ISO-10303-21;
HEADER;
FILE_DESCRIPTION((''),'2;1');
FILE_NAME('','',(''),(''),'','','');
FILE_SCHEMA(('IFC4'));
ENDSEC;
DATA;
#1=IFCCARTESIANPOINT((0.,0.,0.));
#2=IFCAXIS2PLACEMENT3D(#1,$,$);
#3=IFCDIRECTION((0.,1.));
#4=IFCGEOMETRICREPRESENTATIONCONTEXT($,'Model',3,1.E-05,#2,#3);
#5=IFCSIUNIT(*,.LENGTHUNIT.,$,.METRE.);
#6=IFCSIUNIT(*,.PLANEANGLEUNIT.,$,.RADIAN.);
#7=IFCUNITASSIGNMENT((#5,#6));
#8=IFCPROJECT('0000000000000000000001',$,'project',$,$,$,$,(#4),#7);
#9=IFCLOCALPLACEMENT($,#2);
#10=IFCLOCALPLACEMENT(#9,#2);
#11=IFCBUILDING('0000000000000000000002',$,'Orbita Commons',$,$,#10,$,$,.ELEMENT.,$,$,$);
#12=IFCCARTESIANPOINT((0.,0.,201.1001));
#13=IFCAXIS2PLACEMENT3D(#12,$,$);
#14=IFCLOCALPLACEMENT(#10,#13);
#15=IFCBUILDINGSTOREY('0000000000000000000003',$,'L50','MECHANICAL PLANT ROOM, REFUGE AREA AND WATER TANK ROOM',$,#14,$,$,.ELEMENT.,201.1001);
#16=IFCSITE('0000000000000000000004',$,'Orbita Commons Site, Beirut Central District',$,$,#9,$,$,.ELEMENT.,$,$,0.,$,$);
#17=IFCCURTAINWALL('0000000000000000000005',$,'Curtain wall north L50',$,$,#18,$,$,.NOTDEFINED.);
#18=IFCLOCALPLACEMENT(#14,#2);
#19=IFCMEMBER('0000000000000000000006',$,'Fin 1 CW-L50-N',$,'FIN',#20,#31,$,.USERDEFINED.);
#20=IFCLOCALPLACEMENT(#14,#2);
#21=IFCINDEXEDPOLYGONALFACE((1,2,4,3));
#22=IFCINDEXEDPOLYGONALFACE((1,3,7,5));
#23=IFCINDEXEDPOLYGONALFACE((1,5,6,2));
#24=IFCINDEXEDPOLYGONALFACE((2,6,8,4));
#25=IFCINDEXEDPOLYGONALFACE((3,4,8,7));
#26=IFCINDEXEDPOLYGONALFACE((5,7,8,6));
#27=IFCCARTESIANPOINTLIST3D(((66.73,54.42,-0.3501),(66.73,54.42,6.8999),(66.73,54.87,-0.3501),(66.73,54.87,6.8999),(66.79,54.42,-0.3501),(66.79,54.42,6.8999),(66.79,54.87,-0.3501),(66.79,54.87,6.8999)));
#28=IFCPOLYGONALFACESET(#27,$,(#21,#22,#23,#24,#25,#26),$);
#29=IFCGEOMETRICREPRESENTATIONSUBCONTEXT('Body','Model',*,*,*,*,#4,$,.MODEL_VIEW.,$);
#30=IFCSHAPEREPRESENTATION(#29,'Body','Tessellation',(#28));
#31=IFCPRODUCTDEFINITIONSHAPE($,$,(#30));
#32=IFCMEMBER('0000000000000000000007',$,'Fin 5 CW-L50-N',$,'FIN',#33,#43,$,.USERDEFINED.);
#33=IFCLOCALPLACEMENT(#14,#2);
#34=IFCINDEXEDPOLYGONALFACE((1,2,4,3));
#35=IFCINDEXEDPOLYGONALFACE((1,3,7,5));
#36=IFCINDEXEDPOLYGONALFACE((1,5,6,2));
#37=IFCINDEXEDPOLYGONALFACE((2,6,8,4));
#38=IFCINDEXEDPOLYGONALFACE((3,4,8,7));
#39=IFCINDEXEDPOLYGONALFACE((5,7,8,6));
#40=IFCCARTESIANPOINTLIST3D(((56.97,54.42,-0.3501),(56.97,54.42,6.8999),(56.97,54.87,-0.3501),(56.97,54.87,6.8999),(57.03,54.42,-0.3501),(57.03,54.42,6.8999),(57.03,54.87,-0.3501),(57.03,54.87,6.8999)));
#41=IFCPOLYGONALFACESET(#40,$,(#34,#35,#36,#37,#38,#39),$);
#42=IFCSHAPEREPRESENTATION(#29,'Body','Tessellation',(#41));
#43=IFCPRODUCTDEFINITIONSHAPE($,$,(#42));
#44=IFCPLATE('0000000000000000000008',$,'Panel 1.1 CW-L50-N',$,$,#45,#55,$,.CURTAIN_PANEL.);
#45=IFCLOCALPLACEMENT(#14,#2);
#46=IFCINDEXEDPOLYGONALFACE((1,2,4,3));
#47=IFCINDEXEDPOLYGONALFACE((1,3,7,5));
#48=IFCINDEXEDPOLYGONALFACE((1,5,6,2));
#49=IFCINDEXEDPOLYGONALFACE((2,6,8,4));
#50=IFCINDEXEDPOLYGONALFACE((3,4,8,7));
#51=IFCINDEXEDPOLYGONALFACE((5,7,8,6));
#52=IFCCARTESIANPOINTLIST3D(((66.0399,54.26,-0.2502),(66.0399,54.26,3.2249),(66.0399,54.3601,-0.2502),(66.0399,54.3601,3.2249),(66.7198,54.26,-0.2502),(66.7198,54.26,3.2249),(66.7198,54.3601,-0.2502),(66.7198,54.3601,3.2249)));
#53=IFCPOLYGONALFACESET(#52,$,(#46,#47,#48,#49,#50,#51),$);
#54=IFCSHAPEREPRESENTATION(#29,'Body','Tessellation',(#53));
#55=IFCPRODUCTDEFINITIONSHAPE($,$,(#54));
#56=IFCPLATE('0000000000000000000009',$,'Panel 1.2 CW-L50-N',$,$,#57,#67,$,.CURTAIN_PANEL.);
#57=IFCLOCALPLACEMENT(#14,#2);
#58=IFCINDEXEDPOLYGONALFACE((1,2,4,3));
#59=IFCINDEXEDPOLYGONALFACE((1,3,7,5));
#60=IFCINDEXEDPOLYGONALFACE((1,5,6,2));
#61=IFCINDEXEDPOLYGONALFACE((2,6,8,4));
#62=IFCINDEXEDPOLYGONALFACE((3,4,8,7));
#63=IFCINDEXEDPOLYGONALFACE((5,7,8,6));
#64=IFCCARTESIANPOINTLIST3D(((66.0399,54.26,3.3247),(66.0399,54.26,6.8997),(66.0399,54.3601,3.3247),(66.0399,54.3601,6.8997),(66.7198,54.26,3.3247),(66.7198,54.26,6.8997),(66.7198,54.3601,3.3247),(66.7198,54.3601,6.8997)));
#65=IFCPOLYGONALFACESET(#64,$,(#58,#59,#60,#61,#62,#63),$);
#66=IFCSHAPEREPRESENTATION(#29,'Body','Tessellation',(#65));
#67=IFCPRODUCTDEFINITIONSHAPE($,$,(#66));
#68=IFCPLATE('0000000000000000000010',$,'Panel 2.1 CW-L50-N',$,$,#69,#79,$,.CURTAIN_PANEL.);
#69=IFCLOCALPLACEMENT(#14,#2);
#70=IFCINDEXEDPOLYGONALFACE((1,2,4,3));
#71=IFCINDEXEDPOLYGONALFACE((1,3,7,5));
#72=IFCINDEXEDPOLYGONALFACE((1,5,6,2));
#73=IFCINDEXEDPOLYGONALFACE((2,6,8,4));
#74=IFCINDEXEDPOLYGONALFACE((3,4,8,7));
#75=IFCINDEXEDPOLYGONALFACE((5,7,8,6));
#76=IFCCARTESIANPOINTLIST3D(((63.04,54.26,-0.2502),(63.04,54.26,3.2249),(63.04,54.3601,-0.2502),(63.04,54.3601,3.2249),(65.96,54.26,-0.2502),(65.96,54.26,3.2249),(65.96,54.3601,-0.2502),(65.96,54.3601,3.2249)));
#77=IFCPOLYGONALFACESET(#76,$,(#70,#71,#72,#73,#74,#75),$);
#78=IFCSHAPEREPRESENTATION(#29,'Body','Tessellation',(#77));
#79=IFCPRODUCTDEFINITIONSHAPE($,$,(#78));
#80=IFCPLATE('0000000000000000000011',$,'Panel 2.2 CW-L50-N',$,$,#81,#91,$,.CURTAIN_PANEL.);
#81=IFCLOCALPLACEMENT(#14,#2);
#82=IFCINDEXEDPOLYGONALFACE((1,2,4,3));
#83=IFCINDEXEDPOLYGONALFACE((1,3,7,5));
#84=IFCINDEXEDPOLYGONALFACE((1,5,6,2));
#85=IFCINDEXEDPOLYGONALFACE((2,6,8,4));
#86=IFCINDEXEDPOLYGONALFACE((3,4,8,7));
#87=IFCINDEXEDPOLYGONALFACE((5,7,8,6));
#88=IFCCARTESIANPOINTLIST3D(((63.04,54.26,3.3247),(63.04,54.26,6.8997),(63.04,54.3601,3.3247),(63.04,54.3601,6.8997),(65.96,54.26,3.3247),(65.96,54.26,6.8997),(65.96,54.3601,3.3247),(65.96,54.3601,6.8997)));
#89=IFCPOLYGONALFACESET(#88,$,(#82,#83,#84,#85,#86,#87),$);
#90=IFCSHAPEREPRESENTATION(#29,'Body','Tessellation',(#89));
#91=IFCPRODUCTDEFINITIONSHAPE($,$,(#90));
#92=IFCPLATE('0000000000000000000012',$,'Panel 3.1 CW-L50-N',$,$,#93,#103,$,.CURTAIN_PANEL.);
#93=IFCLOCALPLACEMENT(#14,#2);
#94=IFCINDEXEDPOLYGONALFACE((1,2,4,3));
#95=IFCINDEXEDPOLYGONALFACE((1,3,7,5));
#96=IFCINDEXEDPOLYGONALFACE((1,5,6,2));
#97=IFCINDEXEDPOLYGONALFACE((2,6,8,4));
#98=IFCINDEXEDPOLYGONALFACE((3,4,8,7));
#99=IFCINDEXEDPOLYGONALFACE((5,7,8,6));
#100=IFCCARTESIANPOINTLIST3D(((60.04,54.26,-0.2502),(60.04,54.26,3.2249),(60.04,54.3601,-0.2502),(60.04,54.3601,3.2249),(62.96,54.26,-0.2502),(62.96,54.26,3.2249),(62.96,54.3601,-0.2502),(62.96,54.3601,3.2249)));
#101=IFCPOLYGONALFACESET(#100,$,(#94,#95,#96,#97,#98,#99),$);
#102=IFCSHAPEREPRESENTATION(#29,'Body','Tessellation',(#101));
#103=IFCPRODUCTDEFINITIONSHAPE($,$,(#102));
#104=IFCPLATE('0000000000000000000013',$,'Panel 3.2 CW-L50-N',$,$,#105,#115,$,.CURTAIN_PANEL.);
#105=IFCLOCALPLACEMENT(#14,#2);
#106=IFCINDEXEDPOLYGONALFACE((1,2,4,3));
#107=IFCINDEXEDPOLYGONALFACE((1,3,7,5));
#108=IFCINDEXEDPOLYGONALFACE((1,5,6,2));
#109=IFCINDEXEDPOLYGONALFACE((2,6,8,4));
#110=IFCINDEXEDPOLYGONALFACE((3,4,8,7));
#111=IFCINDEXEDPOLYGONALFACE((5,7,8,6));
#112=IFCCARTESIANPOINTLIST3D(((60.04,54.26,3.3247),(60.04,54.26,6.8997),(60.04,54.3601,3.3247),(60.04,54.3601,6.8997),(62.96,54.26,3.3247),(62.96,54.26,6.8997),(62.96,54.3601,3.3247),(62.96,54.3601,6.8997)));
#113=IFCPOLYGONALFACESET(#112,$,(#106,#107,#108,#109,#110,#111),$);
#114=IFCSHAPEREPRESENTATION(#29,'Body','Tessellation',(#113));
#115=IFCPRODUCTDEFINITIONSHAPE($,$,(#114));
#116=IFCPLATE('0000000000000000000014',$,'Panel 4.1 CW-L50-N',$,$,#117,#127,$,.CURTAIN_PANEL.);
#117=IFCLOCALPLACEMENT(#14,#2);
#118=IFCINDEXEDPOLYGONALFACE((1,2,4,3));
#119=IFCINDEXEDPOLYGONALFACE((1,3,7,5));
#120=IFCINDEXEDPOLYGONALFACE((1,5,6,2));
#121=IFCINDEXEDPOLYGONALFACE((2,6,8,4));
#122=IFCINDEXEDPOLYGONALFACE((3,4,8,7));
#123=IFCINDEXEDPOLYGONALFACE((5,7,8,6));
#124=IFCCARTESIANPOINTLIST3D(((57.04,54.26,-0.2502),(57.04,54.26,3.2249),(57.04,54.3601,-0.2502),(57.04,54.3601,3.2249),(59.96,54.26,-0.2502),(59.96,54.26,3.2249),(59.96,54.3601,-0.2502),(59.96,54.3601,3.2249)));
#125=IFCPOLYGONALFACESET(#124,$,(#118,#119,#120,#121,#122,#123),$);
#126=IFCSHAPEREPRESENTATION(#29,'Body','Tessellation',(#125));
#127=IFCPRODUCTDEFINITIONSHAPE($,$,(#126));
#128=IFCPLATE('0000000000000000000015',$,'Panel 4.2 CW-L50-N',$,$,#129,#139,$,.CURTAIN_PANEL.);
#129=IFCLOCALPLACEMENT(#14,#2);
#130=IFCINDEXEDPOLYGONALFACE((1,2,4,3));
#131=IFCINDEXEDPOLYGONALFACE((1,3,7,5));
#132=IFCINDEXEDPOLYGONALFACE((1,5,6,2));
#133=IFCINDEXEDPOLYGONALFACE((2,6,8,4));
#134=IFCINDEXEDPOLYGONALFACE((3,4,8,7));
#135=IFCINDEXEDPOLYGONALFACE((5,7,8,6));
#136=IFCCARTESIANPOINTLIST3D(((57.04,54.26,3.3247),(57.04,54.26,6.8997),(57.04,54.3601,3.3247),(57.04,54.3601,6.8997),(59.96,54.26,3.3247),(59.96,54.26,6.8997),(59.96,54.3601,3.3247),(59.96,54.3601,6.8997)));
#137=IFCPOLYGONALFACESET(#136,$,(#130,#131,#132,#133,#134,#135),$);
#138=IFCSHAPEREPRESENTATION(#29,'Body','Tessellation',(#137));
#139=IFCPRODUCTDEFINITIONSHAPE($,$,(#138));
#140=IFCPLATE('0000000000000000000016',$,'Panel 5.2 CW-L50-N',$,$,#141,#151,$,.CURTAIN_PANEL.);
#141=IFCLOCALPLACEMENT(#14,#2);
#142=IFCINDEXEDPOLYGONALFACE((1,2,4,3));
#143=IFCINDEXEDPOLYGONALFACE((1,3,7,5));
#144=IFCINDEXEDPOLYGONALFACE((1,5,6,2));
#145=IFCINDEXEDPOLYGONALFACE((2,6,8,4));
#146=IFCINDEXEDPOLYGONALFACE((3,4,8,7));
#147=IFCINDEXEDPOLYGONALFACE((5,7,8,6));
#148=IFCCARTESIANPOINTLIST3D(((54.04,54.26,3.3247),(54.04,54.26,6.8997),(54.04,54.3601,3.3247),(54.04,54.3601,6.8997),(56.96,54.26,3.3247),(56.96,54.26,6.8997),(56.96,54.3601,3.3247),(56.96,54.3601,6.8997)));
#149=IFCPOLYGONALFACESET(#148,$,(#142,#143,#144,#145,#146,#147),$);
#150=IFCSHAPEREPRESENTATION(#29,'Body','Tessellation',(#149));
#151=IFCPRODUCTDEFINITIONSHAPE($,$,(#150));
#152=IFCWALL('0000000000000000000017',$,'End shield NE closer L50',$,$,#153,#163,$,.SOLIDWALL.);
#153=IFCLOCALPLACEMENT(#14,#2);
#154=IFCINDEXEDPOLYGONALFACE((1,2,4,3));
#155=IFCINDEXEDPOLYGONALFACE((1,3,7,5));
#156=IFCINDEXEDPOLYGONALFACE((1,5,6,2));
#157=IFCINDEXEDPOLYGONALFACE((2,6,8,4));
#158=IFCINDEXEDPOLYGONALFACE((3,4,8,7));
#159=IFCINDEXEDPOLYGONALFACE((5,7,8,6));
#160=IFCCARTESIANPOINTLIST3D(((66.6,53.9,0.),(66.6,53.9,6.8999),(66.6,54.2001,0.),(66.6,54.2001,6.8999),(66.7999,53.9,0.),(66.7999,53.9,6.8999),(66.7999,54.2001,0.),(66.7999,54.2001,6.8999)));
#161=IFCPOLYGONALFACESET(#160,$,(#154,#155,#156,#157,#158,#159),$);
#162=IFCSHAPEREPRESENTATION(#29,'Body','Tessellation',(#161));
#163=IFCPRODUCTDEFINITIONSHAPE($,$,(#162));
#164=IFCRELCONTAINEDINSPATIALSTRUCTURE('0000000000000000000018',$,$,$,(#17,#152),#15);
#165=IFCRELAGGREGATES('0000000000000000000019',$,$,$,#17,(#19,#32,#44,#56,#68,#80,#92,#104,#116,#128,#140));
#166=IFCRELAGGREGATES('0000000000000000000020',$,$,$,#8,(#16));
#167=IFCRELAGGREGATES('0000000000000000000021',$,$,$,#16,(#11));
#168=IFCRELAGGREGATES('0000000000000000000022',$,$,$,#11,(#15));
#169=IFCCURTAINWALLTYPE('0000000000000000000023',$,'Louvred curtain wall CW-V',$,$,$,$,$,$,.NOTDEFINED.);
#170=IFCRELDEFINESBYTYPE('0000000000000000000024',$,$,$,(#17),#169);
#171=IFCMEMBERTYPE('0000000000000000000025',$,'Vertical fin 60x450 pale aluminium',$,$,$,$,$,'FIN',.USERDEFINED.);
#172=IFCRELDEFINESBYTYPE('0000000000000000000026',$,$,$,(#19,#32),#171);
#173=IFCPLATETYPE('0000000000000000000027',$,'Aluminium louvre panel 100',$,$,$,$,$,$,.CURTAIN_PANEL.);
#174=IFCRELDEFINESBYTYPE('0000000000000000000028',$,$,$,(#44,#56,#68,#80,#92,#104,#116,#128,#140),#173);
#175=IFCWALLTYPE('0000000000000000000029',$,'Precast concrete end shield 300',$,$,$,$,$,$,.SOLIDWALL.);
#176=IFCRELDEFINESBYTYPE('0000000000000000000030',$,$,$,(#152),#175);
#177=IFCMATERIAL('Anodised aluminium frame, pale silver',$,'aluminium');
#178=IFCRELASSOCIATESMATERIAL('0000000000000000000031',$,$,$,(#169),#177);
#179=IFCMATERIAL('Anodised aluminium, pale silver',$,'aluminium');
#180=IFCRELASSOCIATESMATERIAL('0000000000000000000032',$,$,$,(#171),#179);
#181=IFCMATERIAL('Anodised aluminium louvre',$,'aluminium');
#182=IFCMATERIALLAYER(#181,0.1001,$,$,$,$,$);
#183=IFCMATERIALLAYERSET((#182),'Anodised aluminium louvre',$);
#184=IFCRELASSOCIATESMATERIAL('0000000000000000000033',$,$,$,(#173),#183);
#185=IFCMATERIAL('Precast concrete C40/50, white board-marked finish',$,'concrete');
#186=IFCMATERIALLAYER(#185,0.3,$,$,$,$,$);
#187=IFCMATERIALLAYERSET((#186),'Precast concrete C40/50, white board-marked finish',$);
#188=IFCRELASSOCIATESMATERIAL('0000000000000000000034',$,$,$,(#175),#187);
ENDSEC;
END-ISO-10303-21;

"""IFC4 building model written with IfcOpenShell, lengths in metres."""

from ifc_helpers import new_model, si_unit, direction, frame, frame_2d, origin, origin_2d, place, context, subcontext, project, spatial, rectangle, extrude, material, layer, layer_set, material_profile, profile_set, type_object, element, aggregate, save


model = new_model("IFC4")

# Units and contexts
model_context = context("Model", 3, precision=1e-05, world=origin(), true_north=direction((0.0, 1.0)))
body_context = subcontext(model_context, "Body", "Model", "MODEL_VIEW")
ifc_project = project(units=[si_unit("LENGTHUNIT", "METRE"), si_unit("PLANEANGLEUNIT", "RADIAN")], contexts=[model_context])

# Site, building, storey
site_placement = place(None, origin())
site = spatial("IfcSite", under=ifc_project, at=site_placement, Name="Orbita Commons Site, Beirut Central District", CompositionType="ELEMENT", RefElevation=0.0)
building_placement = place(site_placement, origin())
building = spatial("IfcBuilding", under=site, at=building_placement, Name="Orbita Commons", CompositionType="ELEMENT")
storey_placement = place(building_placement, frame((0.0, 0.0, 201.1001)))
storey = spatial("IfcBuildingStorey", under=building, at=storey_placement, Name="L50", Description="MECHANICAL PLANT ROOM, REFUGE AREA AND WATER TANK ROOM", CompositionType="ELEMENT", Elevation=201.1001)

# Curtain wall, members, plates
ifc_material_1 = material(Name="Anodised aluminium frame, pale silver", Category="aluminium")
curtain_wall_type = type_object("IfcCurtainWallType", Name="Louvred curtain wall CW-V", PredefinedType="NOTDEFINED", material=ifc_material_1)
curtain_wall_placement = place(storey_placement, origin())
curtain_wall = element("IfcCurtainWall", 1, at=curtain_wall_placement, inside=storey, type_object=curtain_wall_type, Name="Curtain wall north L50", PredefinedType="NOTDEFINED")
ifc_material_2 = material(Name="Anodised aluminium, pale silver", Category="aluminium")
ifc_material_profile_1 = material_profile(ifc_material_2, rectangle(XDim=0.0601, YDim=0.45, at=origin_2d()), Name="FIN 60x450")
ifc_profile_set_1 = profile_set([ifc_material_profile_1], Name="Anodised aluminium, pale silver")
member_type_1 = type_object("IfcMemberType", Name="Vertical fin 60x450 pale aluminium", ElementType="FIN", PredefinedType="USERDEFINED", material=ifc_profile_set_1)
member_1_placement = place(storey_placement, frame((66.76, 54.645, -0.3501), z_axis=(0.0, 0.0, 1.0), x_axis=(-1.0, 0.0, 0.0)))
member_1 = element("IfcMember", 2, at=member_1_placement, type_object=member_type_1, Name="Fin 1 CW-L50-N", ObjectType="FIN", PredefinedType="USERDEFINED", context=body_context, shape_type="SweptSolid", body=[
    extrude(rectangle(XDim=0.0601, YDim=0.45, at=origin_2d()), origin(), (0.0, 0.0, 1.0), 7.25),
])
member_2_placement = place(storey_placement, frame((57.0, 54.645, -0.3501), z_axis=(0.0, 0.0, 1.0), x_axis=(-1.0, 0.0, 0.0)))
member_2 = element("IfcMember", 3, at=member_2_placement, type_object=member_type_1, Name="Fin 5 CW-L50-N", ObjectType="FIN", PredefinedType="USERDEFINED", context=body_context, shape_type="SweptSolid", body=[
    extrude(rectangle(XDim=0.0601, YDim=0.45, at=origin_2d()), origin(), (0.0, 0.0, 1.0), 7.25),
])
ifc_material_3 = material(Name="Anodised aluminium louvre", Category="aluminium")
ifc_layer_1 = layer(ifc_material_3, 0.1001)
ifc_layer_set_1 = layer_set([ifc_layer_1], Name="Anodised aluminium louvre")
plate_type = type_object("IfcPlateType", Name="Aluminium louvre panel 100", PredefinedType="CURTAIN_PANEL", material=ifc_layer_set_1)
plate_1_placement = place(storey_placement, frame((66.3799, 54.3101, -0.2502), z_axis=(0.0, 0.0, 1.0), x_axis=(-1.0, 0.0, 0.0)))
plate_1 = element("IfcPlate", 4, at=plate_1_placement, type_object=plate_type, Name="Panel 1.1 CW-L50-N", PredefinedType="CURTAIN_PANEL", context=body_context, shape_type="SweptSolid", body=[
    extrude(rectangle(XDim=0.6799, YDim=0.1001, at=origin_2d()), origin(), (0.0, 0.0, 1.0), 3.4751),
])
plate_2_placement = place(storey_placement, frame((66.3799, 54.3101, 3.3247), z_axis=(0.0, 0.0, 1.0), x_axis=(-1.0, 0.0, 0.0)))
plate_2 = element("IfcPlate", 5, at=plate_2_placement, type_object=plate_type, Name="Panel 1.2 CW-L50-N", PredefinedType="CURTAIN_PANEL", context=body_context, shape_type="SweptSolid", body=[
    extrude(rectangle(XDim=0.6799, YDim=0.1001, at=origin_2d()), origin(), (0.0, 0.0, 1.0), 3.575),
])
plate_3_placement = place(storey_placement, frame((64.5, 54.3101, -0.2502), z_axis=(0.0, 0.0, 1.0), x_axis=(-1.0, 0.0, 0.0)))
plate_3 = element("IfcPlate", 6, at=plate_3_placement, type_object=plate_type, Name="Panel 2.1 CW-L50-N", PredefinedType="CURTAIN_PANEL", context=body_context, shape_type="SweptSolid", body=[
    extrude(rectangle(XDim=2.9199, YDim=0.1001, at=origin_2d()), origin(), (0.0, 0.0, 1.0), 3.4751),
])
plate_4_placement = place(storey_placement, frame((64.5, 54.3101, 3.3247), z_axis=(0.0, 0.0, 1.0), x_axis=(-1.0, 0.0, 0.0)))
plate_4 = element("IfcPlate", 7, at=plate_4_placement, type_object=plate_type, Name="Panel 2.2 CW-L50-N", PredefinedType="CURTAIN_PANEL", context=body_context, shape_type="SweptSolid", body=[
    extrude(rectangle(XDim=2.9199, YDim=0.1001, at=origin_2d()), origin(), (0.0, 0.0, 1.0), 3.575),
])
plate_5_placement = place(storey_placement, frame((61.5, 54.3101, -0.2502), z_axis=(0.0, 0.0, 1.0), x_axis=(-1.0, 0.0, 0.0)))
plate_5 = element("IfcPlate", 8, at=plate_5_placement, type_object=plate_type, Name="Panel 3.1 CW-L50-N", PredefinedType="CURTAIN_PANEL", context=body_context, shape_type="SweptSolid", body=[
    extrude(rectangle(XDim=2.9199, YDim=0.1001, at=origin_2d()), origin(), (0.0, 0.0, 1.0), 3.4751),
])
plate_6_placement = place(storey_placement, frame((61.5, 54.3101, 3.3247), z_axis=(0.0, 0.0, 1.0), x_axis=(-1.0, 0.0, 0.0)))
plate_6 = element("IfcPlate", 9, at=plate_6_placement, type_object=plate_type, Name="Panel 3.2 CW-L50-N", PredefinedType="CURTAIN_PANEL", context=body_context, shape_type="SweptSolid", body=[
    extrude(rectangle(XDim=2.9199, YDim=0.1001, at=origin_2d()), origin(), (0.0, 0.0, 1.0), 3.575),
])
plate_7_placement = place(storey_placement, frame((58.5, 54.3101, -0.2502), z_axis=(0.0, 0.0, 1.0), x_axis=(-1.0, 0.0, 0.0)))
plate_7 = element("IfcPlate", 10, at=plate_7_placement, type_object=plate_type, Name="Panel 4.1 CW-L50-N", PredefinedType="CURTAIN_PANEL", context=body_context, shape_type="SweptSolid", body=[
    extrude(rectangle(XDim=2.9199, YDim=0.1001, at=origin_2d()), origin(), (0.0, 0.0, 1.0), 3.4751),
])
plate_8_placement = place(storey_placement, frame((58.5, 54.3101, 3.3247), z_axis=(0.0, 0.0, 1.0), x_axis=(-1.0, 0.0, 0.0)))
plate_8 = element("IfcPlate", 11, at=plate_8_placement, type_object=plate_type, Name="Panel 4.2 CW-L50-N", PredefinedType="CURTAIN_PANEL", context=body_context, shape_type="SweptSolid", body=[
    extrude(rectangle(XDim=2.9199, YDim=0.1001, at=origin_2d()), origin(), (0.0, 0.0, 1.0), 3.575),
])
plate_9_placement = place(storey_placement, frame((55.5, 54.3101, 3.3247), z_axis=(0.0, 0.0, 1.0), x_axis=(-1.0, 0.0, 0.0)))
plate_9 = element("IfcPlate", 12, at=plate_9_placement, type_object=plate_type, Name="Panel 5.2 CW-L50-N", PredefinedType="CURTAIN_PANEL", context=body_context, shape_type="SweptSolid", body=[
    extrude(rectangle(XDim=2.9199, YDim=0.1001, at=origin_2d()), origin(), (0.0, 0.0, 1.0), 3.575),
])
aggregate(curtain_wall, [member_1, member_2, plate_1, plate_2, plate_3, plate_4, plate_5, plate_6, plate_7, plate_8, plate_9])

# Wall
ifc_material_4 = material(Name="Precast concrete C40/50, white board-marked finish", Category="concrete")
ifc_layer_2 = layer(ifc_material_4, 0.3)
ifc_layer_set_2 = layer_set([ifc_layer_2], Name="Precast concrete C40/50, white board-marked finish")
wall_type = type_object("IfcWallType", Name="Precast concrete end shield 300", PredefinedType="SOLIDWALL", material=ifc_layer_set_2)
wall_placement = place(storey_placement, frame((66.8, 54.05, 0.0), z_axis=(0.0, 0.0, 1.0), x_axis=(-1.0, 0.0, 0.0)))
element("IfcWall", 13, at=wall_placement, inside=storey, type_object=wall_type, Name="End shield NE closer L50", PredefinedType="SOLIDWALL", context=body_context, shape_type="SweptSolid", body=[
    extrude(rectangle(XDim=0.2, YDim=0.3, at=frame_2d((0.1001, 0.0))), origin(), (0.0, 0.0, 1.0), 6.8999),
])

save(model, "model.ifc")
